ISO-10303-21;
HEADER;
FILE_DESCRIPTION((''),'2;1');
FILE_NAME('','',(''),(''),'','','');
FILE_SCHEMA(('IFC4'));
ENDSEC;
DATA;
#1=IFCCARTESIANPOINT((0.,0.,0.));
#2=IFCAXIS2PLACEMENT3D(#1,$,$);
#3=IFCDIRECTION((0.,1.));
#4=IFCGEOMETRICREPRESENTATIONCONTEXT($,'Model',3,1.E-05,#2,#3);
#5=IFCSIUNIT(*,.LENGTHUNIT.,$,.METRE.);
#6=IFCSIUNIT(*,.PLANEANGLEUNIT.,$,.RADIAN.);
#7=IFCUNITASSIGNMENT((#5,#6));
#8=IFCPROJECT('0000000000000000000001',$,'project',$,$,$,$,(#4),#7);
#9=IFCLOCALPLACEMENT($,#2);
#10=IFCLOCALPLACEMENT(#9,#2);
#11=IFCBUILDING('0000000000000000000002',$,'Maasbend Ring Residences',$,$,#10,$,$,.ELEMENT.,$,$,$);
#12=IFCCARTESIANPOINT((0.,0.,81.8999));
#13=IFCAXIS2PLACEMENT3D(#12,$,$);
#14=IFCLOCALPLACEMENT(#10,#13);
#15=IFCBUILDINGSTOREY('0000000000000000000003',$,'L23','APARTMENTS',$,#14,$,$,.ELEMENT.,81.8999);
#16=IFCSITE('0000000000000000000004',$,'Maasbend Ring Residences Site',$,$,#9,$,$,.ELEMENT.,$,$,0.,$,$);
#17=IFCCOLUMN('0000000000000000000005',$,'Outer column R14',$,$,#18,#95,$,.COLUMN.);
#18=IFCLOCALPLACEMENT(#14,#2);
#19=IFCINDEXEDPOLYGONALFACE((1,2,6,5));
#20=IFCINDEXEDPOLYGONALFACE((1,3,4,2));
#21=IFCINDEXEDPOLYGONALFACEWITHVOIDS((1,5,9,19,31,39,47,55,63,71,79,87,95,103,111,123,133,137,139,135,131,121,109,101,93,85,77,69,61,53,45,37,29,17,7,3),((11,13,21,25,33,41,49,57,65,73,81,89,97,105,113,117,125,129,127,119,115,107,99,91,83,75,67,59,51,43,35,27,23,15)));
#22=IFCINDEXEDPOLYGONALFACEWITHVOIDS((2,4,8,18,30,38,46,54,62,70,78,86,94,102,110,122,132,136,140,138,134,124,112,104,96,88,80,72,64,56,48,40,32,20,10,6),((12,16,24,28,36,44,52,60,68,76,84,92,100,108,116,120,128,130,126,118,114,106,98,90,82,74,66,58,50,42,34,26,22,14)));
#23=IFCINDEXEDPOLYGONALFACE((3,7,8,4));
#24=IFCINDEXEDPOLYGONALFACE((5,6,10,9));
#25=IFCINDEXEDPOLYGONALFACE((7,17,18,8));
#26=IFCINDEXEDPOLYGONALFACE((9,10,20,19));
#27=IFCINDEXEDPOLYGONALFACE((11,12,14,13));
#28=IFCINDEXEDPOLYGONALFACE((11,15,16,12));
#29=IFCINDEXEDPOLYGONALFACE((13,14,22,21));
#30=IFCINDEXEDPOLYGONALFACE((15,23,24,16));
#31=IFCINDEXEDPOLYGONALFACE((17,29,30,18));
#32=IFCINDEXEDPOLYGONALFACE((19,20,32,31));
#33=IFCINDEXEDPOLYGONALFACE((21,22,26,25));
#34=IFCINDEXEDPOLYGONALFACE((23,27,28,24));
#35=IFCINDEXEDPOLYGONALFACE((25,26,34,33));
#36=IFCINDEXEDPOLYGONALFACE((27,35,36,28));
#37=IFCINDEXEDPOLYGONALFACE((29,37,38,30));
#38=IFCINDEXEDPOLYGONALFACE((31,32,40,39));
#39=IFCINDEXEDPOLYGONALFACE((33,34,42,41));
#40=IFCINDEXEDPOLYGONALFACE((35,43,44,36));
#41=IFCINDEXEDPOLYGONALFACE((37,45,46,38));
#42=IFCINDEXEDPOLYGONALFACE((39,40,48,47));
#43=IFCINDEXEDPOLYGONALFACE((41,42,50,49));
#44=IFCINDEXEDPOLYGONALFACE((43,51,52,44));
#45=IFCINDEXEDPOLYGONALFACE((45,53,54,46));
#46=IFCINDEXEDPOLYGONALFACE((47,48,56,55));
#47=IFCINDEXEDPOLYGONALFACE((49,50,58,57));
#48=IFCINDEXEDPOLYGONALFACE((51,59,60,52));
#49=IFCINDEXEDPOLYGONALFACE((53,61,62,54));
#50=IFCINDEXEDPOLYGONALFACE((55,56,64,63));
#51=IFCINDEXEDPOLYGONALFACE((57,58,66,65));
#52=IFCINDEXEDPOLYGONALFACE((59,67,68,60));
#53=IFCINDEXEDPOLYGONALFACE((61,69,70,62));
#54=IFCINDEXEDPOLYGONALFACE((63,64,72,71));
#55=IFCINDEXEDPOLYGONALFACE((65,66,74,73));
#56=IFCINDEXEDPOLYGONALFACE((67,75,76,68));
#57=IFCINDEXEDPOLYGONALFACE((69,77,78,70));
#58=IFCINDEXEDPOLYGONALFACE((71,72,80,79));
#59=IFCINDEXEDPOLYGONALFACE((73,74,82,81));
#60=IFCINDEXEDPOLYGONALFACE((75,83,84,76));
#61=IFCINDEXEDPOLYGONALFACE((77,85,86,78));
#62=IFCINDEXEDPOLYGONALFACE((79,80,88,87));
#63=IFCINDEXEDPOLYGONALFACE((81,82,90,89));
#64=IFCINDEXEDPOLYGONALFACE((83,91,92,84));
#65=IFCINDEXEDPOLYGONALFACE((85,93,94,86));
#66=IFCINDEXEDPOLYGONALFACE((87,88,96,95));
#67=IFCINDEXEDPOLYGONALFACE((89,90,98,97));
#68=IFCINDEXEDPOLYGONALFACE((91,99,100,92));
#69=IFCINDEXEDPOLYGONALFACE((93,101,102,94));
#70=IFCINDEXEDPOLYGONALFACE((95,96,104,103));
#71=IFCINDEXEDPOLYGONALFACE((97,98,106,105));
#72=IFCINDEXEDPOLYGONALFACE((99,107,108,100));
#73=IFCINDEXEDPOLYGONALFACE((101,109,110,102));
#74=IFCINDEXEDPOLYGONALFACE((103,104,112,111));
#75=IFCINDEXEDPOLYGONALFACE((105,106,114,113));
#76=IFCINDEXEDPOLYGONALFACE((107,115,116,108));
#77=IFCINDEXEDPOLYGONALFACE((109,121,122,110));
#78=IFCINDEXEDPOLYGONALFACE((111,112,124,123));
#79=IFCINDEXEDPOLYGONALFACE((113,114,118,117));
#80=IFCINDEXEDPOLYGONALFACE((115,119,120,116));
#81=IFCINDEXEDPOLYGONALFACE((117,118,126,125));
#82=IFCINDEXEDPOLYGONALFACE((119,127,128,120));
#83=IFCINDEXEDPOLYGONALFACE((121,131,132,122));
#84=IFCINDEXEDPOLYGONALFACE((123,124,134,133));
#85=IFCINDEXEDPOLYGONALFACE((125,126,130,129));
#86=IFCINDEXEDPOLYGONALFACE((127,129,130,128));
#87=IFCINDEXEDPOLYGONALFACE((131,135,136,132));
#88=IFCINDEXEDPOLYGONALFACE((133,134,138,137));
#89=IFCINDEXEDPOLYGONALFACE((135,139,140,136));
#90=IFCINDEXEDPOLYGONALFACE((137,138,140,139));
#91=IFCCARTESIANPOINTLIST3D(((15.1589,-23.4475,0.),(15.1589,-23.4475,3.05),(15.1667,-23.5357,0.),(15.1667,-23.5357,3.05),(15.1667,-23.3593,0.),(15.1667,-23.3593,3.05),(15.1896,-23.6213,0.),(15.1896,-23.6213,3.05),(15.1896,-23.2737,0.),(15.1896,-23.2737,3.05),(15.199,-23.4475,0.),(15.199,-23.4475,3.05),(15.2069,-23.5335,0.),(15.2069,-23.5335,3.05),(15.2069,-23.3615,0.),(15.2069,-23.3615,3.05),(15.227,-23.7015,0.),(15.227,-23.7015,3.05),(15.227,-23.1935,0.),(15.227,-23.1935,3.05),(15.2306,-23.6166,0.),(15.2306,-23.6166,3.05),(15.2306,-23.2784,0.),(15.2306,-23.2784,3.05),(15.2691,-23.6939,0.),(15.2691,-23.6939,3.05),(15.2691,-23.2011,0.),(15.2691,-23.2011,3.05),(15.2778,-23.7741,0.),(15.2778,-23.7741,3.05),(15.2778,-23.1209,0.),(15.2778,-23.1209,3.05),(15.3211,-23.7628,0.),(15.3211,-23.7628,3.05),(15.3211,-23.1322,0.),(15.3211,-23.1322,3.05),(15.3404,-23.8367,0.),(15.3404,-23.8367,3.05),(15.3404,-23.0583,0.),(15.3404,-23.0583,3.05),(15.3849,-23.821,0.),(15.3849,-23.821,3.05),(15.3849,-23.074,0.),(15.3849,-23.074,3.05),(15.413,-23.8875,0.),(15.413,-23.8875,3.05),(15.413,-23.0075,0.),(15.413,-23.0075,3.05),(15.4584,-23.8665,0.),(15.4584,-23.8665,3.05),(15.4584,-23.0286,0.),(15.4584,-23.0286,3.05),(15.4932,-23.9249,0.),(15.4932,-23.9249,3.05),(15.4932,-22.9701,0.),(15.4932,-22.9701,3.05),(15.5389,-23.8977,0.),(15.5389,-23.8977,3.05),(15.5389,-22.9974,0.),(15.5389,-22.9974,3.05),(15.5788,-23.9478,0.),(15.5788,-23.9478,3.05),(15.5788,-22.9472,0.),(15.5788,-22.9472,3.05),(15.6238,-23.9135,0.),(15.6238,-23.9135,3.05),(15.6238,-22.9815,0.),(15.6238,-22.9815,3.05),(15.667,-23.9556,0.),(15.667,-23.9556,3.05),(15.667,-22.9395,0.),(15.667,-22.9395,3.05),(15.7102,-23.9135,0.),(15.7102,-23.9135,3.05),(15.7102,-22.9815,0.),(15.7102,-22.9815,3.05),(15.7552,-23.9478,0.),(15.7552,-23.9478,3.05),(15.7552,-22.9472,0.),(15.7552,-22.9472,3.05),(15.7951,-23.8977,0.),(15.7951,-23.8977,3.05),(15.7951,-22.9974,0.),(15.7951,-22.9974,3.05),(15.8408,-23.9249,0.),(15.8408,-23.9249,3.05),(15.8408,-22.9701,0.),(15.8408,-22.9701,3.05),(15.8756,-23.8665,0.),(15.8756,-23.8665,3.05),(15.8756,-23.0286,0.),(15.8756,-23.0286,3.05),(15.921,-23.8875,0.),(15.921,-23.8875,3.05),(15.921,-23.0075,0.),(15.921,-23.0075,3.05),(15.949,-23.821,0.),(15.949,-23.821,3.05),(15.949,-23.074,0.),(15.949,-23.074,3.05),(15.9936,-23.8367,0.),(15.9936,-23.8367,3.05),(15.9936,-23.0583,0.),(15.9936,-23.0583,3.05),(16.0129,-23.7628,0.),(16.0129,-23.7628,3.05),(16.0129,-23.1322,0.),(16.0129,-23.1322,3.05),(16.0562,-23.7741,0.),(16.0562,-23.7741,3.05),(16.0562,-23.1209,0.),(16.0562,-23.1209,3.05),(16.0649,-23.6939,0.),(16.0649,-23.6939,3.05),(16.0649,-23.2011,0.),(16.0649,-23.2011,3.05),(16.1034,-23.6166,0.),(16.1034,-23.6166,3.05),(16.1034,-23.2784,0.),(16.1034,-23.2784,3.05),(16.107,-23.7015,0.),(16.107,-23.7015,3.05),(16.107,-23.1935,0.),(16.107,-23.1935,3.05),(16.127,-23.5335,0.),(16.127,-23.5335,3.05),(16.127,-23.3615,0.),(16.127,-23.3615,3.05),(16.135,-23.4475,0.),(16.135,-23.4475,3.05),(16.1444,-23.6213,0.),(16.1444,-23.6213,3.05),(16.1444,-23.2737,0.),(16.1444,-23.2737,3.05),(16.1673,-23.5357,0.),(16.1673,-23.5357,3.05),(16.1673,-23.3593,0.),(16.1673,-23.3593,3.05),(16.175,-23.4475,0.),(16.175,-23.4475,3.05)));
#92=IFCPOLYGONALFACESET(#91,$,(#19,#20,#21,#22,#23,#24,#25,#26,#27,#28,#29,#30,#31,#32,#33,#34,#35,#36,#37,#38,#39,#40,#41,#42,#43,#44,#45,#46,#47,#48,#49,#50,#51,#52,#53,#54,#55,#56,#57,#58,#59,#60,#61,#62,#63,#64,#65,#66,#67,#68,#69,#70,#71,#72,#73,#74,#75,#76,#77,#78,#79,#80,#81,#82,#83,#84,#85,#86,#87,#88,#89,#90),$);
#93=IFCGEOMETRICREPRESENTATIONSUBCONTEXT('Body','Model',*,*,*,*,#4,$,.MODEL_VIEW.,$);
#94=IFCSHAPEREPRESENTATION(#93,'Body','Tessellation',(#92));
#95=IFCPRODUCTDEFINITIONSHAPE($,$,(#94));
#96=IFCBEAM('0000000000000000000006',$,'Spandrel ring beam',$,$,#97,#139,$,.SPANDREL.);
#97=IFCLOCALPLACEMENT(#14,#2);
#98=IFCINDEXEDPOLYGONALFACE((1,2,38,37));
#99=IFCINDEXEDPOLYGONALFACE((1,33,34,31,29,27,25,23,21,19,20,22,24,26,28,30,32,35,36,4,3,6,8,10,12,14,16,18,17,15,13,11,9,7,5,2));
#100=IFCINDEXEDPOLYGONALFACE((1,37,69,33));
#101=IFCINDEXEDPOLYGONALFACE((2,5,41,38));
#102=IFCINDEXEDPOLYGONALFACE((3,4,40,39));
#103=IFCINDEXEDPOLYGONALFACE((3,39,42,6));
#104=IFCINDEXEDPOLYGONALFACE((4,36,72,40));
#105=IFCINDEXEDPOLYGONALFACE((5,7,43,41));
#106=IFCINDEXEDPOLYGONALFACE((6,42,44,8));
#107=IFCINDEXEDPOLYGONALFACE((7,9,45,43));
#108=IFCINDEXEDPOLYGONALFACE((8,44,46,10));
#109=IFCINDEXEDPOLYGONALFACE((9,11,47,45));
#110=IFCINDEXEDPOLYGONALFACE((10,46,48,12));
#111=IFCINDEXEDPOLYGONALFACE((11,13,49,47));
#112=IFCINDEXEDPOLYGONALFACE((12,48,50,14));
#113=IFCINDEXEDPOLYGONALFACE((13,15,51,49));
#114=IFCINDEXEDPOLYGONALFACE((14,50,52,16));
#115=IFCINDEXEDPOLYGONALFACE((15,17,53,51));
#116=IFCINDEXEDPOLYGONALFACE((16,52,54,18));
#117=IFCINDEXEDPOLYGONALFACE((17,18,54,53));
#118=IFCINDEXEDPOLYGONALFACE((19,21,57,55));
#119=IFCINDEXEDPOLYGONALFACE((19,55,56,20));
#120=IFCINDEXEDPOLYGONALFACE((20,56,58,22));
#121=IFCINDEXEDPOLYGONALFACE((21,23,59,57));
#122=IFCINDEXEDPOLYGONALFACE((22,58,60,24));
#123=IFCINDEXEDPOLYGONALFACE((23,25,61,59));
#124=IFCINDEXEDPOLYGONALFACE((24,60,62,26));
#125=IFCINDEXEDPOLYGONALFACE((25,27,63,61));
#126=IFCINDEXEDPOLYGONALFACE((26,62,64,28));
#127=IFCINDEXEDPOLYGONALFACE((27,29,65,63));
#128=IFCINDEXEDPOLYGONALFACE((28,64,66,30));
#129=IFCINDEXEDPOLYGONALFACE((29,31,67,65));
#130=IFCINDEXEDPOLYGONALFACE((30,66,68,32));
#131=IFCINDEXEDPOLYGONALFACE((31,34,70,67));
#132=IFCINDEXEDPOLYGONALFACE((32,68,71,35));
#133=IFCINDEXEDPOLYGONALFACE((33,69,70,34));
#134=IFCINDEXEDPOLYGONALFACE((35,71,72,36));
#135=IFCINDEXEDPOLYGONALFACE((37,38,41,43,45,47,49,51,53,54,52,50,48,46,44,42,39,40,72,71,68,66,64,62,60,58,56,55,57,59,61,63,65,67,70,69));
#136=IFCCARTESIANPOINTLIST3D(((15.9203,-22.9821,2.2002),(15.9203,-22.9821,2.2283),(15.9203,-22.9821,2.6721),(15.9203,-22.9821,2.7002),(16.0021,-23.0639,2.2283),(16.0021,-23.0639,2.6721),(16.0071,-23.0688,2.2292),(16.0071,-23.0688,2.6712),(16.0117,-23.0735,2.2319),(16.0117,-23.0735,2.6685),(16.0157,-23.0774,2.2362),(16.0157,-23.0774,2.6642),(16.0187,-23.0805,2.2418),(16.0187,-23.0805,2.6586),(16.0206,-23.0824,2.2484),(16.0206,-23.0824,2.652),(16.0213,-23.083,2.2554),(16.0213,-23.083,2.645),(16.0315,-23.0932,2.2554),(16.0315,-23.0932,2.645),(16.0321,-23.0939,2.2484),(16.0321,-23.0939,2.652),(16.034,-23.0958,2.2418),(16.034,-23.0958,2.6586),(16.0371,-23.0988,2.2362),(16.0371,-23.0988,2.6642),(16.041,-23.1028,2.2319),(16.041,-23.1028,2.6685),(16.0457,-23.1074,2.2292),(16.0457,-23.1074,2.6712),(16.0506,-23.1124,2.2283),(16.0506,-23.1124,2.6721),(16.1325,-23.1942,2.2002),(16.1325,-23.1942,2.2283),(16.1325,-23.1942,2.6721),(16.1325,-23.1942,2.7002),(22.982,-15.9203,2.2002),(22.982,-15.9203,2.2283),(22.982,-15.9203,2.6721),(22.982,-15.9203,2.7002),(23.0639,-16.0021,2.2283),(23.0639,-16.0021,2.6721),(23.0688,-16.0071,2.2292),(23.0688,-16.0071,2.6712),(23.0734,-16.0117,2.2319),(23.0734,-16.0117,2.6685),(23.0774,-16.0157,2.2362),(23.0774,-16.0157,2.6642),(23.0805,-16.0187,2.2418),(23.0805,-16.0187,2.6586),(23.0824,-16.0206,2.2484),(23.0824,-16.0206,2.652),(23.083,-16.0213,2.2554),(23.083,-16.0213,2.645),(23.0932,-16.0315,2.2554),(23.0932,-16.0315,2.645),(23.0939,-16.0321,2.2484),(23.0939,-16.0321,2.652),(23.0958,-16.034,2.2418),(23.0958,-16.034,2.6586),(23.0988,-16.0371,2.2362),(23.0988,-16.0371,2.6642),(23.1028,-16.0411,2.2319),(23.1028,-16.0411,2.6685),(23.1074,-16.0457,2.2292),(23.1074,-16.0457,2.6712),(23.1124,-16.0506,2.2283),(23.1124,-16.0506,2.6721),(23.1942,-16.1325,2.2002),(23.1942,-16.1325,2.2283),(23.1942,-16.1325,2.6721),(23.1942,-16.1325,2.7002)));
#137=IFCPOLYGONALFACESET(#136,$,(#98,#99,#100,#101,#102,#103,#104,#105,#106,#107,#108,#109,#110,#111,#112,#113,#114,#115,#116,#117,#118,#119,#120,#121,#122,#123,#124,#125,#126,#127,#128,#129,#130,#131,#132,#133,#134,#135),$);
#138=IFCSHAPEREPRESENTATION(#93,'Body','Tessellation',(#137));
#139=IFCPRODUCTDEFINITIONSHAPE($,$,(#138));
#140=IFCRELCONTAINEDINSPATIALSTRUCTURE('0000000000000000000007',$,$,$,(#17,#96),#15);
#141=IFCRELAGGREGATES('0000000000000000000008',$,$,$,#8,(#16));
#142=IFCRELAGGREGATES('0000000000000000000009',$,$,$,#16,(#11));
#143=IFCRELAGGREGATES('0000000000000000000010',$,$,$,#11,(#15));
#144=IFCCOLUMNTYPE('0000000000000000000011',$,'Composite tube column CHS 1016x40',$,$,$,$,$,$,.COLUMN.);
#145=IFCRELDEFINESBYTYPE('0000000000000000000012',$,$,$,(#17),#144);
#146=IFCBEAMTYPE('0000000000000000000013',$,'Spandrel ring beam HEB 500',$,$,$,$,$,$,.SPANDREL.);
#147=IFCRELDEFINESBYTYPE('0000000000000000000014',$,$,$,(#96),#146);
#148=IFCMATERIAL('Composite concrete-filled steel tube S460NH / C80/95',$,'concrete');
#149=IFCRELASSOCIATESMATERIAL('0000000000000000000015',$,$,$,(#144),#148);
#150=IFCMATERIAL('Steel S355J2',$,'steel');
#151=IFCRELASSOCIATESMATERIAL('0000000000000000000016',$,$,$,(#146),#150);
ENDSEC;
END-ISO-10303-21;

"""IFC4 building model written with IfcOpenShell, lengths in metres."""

from ifc_helpers import new_model, si_unit, direction, frame, origin, origin_2d, place, context, subcontext, project, spatial, hollow_circle, i_section, extrude, material, material_profile, profile_set, type_object, element, save


model = new_model("IFC4")

# Units and contexts
model_context = context("Model", 3, precision=1e-05, world=origin(), true_north=direction((0.0, 1.0)))
body_context = subcontext(model_context, "Body", "Model", "MODEL_VIEW")
ifc_project = project(units=[si_unit("LENGTHUNIT", "METRE"), si_unit("PLANEANGLEUNIT", "RADIAN")], contexts=[model_context])

# Site, building, storey
site_placement = place(None, origin())
site = spatial("IfcSite", under=ifc_project, at=site_placement, Name="Maasbend Ring Residences Site", CompositionType="ELEMENT", RefElevation=0.0)
building_placement = place(site_placement, origin())
building = spatial("IfcBuilding", under=site, at=building_placement, Name="Maasbend Ring Residences", CompositionType="ELEMENT")
storey_placement = place(building_placement, frame((0.0, 0.0, 81.8999)))
storey = spatial("IfcBuildingStorey", under=building, at=storey_placement, Name="L23", Description="APARTMENTS", CompositionType="ELEMENT", Elevation=81.8999)

# Column
ifc_material_1 = material(Name="Composite concrete-filled steel tube S460NH / C80/95", Category="concrete")
ifc_material_profile_1 = material_profile(ifc_material_1, hollow_circle(Radius=0.5081, WallThickness=0.04, at=origin_2d()), Name="Composite tube column CHS 1016x40")
ifc_profile_set_1 = profile_set([ifc_material_profile_1], Name="Composite concrete-filled steel tube S460NH / C80/95")
column_type = type_object("IfcColumnType", Name="Composite tube column CHS 1016x40", PredefinedType="COLUMN", material=ifc_profile_set_1)
column_placement = place(storey_placement, frame((15.667, -23.4475, 0.0), z_axis=(0.0, 0.0, 1.0), x_axis=(1.0, 0.0, 0.0)))
element("IfcColumn", 1, at=column_placement, inside=storey, type_object=column_type, Name="Outer column R14", PredefinedType="COLUMN", context=body_context, shape_type="SweptSolid", body=[
    extrude(hollow_circle(Radius=0.5081, WallThickness=0.04, at=origin_2d()), origin(), (0.0, 0.0, 1.0), 3.05),
])

# Beam
ifc_material_2 = material(Name="Steel S355J2", Category="steel")
ifc_material_profile_2 = material_profile(ifc_material_2, i_section(OverallWidth=0.3, OverallDepth=0.5, WebThickness=0.0144, FlangeThickness=0.0281, FilletRadius=0.0271, at=origin_2d()), Name="HEB 500")
ifc_profile_set_2 = profile_set([ifc_material_profile_2], Name="Steel S355J2")
beam_type = type_object("IfcBeamType", Name="Spandrel ring beam HEB 500", PredefinedType="SPANDREL", material=ifc_profile_set_2)
beam_placement = place(storey_placement, frame((16.0264, -23.0881, 2.4502), z_axis=(0.707107, 0.707107, 0.0), x_axis=(-0.707107, 0.707107, 0.0)))
element("IfcBeam", 2, at=beam_placement, inside=storey, type_object=beam_type, Name="Spandrel ring beam", PredefinedType="SPANDREL", context=body_context, shape_type="SweptSolid", body=[
    extrude(i_section(OverallWidth=0.3, OverallDepth=0.5, WebThickness=0.0144, FlangeThickness=0.0281, FilletRadius=0.0271, at=origin_2d()), origin(), (0.0, 0.0, 1.0), 9.9868),
])

save(model, "model.ifc")
